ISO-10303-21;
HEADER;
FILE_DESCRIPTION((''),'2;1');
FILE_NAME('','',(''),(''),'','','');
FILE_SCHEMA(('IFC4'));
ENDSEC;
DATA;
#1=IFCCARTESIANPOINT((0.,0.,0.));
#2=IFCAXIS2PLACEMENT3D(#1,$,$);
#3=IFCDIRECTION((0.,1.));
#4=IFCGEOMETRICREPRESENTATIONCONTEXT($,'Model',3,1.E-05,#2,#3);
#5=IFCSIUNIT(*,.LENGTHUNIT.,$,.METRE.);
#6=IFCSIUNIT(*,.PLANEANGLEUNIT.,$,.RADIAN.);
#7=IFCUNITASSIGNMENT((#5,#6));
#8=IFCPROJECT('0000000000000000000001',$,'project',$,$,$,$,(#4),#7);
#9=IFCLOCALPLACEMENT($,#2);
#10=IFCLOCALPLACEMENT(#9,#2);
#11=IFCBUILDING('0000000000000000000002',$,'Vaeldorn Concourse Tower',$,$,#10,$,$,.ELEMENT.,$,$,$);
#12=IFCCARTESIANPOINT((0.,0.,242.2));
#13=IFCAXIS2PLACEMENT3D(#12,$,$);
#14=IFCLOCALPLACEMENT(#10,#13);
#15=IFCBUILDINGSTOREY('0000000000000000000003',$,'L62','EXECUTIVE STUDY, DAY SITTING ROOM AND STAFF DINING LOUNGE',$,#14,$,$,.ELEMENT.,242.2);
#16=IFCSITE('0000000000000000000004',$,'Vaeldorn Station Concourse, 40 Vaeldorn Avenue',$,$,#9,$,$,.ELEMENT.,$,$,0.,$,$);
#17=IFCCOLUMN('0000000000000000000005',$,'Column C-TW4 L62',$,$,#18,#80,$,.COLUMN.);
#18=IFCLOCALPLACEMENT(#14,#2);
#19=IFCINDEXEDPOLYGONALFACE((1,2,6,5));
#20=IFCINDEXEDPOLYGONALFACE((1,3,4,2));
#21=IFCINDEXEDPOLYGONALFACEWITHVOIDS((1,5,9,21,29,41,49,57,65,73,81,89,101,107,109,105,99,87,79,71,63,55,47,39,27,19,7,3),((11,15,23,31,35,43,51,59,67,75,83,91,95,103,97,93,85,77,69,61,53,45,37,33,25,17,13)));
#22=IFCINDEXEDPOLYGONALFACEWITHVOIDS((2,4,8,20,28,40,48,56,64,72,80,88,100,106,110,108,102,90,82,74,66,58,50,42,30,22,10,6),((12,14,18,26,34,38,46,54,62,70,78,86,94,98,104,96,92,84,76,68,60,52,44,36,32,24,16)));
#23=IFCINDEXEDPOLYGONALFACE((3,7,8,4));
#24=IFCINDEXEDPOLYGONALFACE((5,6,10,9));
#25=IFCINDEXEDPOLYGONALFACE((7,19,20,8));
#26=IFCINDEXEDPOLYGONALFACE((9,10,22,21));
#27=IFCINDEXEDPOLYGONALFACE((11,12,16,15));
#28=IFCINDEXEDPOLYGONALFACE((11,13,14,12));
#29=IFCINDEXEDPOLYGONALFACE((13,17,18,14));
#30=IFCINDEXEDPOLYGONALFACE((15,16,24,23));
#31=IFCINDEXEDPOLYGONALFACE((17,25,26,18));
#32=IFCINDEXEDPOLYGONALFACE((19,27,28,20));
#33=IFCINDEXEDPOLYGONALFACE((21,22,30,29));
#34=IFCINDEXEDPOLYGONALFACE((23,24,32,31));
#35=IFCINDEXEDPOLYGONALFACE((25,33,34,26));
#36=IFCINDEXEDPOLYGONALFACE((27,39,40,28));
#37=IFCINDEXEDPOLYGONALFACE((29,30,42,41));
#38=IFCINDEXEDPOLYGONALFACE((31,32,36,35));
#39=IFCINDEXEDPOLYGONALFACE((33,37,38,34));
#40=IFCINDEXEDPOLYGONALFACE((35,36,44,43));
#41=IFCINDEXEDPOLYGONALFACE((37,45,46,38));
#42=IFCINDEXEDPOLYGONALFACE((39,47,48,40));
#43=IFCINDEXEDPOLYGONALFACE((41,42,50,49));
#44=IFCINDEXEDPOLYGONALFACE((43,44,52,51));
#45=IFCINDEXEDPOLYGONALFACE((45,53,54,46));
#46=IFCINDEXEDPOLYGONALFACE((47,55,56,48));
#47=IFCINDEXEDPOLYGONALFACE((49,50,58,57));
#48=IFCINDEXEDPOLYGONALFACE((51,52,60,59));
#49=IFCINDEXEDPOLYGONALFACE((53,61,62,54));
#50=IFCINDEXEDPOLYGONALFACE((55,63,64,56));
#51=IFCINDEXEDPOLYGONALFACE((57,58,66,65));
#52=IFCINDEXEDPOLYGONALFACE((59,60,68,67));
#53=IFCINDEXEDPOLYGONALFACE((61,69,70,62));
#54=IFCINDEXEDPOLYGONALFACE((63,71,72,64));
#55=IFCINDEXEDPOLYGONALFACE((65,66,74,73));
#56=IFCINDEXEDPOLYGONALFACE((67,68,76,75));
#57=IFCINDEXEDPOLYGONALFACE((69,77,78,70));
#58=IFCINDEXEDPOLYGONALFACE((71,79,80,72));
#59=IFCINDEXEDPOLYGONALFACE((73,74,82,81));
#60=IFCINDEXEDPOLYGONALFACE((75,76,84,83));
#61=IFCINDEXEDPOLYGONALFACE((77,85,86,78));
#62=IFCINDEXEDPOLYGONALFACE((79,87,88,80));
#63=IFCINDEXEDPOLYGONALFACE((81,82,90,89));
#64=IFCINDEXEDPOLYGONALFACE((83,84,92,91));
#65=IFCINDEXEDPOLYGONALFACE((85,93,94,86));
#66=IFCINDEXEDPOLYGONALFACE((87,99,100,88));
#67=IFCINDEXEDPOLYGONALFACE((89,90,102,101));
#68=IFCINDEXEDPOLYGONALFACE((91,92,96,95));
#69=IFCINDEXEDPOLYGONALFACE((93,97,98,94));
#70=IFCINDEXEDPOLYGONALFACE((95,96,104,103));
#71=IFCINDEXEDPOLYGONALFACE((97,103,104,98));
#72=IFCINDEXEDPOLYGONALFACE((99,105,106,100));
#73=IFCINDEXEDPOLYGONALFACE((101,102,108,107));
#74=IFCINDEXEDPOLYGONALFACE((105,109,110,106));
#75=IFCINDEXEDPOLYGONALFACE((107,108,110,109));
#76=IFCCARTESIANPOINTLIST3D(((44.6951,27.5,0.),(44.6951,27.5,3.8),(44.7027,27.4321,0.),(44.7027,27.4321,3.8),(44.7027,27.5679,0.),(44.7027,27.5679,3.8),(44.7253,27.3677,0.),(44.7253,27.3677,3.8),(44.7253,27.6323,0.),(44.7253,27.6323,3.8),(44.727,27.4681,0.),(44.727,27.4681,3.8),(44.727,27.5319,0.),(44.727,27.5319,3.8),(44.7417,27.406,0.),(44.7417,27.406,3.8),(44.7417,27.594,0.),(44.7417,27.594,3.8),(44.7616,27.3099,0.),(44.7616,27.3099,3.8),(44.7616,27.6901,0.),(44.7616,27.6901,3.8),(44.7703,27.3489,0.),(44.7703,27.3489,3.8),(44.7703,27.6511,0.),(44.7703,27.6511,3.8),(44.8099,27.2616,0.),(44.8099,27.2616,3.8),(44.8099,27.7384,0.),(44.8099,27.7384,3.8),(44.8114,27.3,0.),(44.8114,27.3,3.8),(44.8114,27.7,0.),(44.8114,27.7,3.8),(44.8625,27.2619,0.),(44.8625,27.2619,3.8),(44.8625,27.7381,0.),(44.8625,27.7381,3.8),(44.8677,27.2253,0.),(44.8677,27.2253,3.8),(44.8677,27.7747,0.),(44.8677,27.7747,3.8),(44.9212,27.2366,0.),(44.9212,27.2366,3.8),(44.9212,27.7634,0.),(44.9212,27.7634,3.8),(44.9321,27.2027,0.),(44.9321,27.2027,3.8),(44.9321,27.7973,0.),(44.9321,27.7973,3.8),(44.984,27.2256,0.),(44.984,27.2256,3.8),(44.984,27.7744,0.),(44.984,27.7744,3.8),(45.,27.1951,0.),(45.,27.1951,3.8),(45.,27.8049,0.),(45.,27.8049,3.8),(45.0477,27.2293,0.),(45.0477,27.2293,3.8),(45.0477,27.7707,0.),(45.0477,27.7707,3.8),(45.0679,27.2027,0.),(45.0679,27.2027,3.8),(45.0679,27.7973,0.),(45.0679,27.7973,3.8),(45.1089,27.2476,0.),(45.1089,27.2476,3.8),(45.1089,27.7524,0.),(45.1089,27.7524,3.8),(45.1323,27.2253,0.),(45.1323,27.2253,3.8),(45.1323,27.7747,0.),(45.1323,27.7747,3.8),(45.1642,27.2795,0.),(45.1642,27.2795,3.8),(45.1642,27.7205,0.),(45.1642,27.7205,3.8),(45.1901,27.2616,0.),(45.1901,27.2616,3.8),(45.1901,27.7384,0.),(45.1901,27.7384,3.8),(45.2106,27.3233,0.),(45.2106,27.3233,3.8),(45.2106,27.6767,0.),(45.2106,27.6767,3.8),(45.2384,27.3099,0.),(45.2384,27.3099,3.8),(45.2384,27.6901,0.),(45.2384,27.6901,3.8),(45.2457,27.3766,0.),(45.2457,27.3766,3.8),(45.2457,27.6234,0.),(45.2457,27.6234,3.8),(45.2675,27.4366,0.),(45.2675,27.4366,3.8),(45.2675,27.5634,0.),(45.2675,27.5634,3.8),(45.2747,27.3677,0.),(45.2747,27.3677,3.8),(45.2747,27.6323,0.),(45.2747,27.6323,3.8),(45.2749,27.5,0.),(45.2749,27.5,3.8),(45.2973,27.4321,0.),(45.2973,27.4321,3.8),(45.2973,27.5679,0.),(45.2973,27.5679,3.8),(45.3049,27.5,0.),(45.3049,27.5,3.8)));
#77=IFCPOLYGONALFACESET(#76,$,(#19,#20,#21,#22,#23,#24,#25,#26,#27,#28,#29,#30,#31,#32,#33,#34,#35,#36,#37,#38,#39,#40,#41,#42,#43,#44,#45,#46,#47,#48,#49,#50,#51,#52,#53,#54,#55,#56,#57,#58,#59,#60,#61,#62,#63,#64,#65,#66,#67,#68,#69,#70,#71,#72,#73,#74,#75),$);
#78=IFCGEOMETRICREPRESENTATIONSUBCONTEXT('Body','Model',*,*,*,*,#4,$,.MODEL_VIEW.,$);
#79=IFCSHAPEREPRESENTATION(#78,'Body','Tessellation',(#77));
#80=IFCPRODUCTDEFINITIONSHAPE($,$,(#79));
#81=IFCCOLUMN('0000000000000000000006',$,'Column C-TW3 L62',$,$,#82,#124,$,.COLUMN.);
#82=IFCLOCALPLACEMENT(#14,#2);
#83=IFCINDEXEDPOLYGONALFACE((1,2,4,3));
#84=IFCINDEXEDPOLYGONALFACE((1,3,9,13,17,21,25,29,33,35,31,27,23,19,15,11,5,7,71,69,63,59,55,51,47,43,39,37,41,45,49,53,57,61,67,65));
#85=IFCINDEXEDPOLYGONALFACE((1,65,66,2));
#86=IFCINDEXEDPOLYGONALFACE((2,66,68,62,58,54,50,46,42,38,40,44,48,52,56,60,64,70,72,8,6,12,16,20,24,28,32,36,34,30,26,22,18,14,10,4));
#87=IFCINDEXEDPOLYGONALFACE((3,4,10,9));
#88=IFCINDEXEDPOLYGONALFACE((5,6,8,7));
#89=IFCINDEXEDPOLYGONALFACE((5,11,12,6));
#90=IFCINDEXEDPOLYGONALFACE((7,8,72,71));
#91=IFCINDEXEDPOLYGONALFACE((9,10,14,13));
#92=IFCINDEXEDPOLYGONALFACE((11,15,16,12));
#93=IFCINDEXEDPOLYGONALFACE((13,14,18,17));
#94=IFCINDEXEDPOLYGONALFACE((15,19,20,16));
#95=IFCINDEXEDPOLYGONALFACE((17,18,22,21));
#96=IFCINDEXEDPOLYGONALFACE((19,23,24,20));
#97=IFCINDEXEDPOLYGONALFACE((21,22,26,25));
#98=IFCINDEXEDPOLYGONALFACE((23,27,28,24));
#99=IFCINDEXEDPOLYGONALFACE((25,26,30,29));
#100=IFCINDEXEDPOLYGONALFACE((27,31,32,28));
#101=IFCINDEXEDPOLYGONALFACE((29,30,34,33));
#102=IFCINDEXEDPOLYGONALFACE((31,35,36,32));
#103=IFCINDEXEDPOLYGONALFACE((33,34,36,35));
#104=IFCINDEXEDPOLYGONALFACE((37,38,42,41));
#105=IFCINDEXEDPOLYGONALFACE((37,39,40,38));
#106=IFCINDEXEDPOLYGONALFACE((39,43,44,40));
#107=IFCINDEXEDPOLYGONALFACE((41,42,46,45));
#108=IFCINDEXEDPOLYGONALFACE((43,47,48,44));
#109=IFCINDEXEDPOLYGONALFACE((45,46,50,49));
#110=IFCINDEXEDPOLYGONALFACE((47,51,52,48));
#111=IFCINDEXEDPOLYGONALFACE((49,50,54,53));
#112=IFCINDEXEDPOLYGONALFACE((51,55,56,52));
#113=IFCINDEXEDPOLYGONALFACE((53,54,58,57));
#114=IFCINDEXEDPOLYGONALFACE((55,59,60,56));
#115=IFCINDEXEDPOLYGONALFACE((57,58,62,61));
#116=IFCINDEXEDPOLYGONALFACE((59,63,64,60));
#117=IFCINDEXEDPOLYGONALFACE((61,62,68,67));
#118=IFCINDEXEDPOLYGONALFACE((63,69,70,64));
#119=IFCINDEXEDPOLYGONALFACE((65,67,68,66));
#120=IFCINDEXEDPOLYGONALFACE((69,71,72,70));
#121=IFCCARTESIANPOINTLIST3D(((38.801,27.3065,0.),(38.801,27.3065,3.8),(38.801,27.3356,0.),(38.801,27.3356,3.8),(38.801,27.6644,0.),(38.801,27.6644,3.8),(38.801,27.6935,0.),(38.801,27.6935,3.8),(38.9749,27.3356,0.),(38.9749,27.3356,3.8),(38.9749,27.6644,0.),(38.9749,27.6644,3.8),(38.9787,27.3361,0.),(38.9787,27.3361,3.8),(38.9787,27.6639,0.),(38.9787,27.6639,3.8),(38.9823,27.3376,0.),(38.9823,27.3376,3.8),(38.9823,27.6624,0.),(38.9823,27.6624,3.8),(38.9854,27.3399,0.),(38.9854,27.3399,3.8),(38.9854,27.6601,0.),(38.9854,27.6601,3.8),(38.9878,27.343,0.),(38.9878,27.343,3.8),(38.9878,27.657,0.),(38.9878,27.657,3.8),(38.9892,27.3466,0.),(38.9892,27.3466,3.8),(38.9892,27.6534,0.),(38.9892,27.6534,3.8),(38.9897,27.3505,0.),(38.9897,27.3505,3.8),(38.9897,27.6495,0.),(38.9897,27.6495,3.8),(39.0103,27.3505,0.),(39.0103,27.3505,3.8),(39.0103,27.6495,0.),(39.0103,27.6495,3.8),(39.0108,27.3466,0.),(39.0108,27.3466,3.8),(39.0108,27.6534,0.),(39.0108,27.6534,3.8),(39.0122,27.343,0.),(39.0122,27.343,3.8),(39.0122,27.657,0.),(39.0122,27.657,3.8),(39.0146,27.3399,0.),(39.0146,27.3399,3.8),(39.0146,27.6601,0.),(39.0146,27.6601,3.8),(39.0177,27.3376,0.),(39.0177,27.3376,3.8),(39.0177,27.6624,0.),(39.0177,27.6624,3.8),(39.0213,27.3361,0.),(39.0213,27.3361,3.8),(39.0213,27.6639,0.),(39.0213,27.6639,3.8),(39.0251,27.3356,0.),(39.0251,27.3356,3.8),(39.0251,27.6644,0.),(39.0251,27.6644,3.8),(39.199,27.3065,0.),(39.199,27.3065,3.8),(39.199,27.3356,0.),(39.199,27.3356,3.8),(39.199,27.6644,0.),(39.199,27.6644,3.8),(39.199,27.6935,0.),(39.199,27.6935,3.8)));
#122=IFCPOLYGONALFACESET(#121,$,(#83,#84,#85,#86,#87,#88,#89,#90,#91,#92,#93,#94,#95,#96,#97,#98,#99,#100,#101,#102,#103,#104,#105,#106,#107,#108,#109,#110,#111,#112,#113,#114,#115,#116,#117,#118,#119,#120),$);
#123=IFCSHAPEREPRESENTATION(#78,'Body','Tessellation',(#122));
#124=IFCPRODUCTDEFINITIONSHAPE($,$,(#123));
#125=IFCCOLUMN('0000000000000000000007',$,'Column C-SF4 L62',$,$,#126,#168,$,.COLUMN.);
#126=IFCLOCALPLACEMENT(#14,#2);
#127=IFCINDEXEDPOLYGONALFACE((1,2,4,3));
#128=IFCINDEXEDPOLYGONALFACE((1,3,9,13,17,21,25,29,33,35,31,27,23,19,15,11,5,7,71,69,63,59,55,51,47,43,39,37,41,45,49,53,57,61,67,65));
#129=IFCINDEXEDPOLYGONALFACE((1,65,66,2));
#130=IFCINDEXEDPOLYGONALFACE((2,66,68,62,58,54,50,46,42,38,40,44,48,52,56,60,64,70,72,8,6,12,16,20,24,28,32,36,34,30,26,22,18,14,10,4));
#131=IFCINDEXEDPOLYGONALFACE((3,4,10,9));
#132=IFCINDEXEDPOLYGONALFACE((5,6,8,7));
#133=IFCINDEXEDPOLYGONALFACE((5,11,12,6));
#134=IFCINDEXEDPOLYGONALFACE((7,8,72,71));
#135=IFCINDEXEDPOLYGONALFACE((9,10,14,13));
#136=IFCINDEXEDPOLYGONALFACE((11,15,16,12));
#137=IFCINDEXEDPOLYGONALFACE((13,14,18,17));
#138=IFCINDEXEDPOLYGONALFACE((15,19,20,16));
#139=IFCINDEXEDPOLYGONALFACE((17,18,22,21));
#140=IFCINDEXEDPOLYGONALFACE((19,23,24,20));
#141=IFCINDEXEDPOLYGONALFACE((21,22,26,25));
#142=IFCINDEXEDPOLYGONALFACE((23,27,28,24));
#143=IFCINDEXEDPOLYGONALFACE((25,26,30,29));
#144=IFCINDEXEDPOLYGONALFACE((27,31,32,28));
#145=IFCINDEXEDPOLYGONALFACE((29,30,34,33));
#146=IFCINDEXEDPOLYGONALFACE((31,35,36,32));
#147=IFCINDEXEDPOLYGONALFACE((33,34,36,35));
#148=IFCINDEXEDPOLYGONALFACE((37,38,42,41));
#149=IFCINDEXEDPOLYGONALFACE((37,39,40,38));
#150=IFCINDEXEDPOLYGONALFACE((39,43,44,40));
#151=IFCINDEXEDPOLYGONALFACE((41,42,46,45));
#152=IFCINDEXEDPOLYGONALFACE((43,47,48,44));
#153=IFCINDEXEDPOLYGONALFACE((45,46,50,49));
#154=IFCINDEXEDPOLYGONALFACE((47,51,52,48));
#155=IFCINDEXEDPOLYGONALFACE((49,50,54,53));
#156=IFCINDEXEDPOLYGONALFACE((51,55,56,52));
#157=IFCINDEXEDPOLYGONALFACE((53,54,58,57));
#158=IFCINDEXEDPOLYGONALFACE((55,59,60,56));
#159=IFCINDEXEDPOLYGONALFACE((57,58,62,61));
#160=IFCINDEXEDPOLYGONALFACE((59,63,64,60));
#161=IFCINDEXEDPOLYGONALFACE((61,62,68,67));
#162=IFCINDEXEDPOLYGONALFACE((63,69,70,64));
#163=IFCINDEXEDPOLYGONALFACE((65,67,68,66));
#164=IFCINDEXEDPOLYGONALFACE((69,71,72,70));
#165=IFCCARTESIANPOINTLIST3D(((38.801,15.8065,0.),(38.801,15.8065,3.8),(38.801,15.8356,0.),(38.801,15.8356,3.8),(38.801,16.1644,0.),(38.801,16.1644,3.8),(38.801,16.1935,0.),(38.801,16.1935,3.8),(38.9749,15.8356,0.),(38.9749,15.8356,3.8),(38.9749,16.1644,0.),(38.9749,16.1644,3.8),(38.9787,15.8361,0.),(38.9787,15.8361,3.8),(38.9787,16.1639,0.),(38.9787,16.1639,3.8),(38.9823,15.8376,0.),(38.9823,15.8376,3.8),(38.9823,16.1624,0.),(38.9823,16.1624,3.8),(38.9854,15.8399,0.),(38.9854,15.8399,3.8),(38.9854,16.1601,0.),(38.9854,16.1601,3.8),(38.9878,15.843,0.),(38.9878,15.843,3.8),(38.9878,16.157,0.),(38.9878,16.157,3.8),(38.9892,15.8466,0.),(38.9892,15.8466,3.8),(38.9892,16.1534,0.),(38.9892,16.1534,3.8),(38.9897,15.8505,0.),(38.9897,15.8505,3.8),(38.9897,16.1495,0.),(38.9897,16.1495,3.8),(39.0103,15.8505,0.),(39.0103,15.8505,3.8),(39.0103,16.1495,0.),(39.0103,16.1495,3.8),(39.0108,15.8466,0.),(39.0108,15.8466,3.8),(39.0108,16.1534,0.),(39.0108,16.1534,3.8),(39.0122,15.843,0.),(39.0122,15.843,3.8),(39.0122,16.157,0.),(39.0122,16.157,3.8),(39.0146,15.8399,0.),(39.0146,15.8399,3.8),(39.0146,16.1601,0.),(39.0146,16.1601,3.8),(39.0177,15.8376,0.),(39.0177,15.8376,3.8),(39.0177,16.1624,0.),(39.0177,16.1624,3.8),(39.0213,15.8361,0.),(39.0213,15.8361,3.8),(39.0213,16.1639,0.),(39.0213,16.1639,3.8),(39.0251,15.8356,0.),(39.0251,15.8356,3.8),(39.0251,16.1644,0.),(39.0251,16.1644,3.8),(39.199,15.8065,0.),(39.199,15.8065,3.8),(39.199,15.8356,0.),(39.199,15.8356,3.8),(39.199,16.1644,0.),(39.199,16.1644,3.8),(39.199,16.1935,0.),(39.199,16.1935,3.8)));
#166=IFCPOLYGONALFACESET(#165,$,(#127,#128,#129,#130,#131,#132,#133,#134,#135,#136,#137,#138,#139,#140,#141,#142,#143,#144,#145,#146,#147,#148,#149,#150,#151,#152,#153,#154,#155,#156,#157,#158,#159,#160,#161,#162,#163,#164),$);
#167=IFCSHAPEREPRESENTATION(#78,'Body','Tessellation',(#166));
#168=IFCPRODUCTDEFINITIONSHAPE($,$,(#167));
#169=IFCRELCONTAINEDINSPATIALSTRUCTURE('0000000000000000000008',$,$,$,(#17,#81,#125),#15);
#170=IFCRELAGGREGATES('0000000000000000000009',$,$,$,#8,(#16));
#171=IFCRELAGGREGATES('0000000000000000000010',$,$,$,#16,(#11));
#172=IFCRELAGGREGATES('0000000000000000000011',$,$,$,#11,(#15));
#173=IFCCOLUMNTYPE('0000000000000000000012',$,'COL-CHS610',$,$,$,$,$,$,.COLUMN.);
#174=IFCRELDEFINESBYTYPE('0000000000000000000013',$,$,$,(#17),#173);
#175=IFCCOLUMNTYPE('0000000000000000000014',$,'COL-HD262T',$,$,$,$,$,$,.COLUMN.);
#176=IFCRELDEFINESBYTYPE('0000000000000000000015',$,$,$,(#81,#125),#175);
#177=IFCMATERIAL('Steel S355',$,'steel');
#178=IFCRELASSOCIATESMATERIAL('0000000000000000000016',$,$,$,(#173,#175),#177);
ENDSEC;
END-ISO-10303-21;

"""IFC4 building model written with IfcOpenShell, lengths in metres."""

from ifc_helpers import new_model, si_unit, direction, frame, origin, origin_2d, place, context, subcontext, project, spatial, hollow_circle, i_section, extrude, source, transform, mapped, material, material_profile, profile_set, type_object, element, save


model = new_model("IFC4")

# Units and contexts
model_context = context("Model", 3, precision=1e-05, world=origin(), true_north=direction((0.0, 1.0)))
body_context = subcontext(model_context, "Body", "Model", "MODEL_VIEW")
ifc_project = project(units=[si_unit("LENGTHUNIT", "METRE"), si_unit("PLANEANGLEUNIT", "RADIAN")], contexts=[model_context])

# Site, building, storey
site_placement = place(None, origin())
site = spatial("IfcSite", under=ifc_project, at=site_placement, Name="Vaeldorn Station Concourse, 40 Vaeldorn Avenue", CompositionType="ELEMENT", RefElevation=0.0)
building_placement = place(site_placement, origin())
building = spatial("IfcBuilding", under=site, at=building_placement, Name="Vaeldorn Concourse Tower", CompositionType="ELEMENT")
storey_placement = place(building_placement, frame((0.0, 0.0, 242.2)))
storey = spatial("IfcBuildingStorey", under=building, at=storey_placement, Name="L62", Description="EXECUTIVE STUDY, DAY SITTING ROOM AND STAFF DINING LOUNGE", CompositionType="ELEMENT", Elevation=242.2)

# Columns
ifc_material_1 = material(Name="Steel S355", Category="steel")
ifc_material_profile_1 = material_profile(ifc_material_1, hollow_circle(Radius=0.3049, WallThickness=0.03, at=origin_2d()), Name="CHS 610x30")
ifc_profile_set_1 = profile_set([ifc_material_profile_1], Name="Steel S355")
column_type_1 = type_object("IfcColumnType", Name="COL-CHS610", PredefinedType="COLUMN", material=ifc_profile_set_1)
shared_shape_1 = source(origin(), body_context, "Body", "SweptSolid", [
    extrude(hollow_circle(Radius=0.3049, WallThickness=0.03, at=origin_2d()), origin(), (0.0, 0.0, 1.0), 3.8),
])
column_placement = place(storey_placement, frame((45.0, 27.5, 0.0), z_axis=(0.0, 0.0, 1.0), x_axis=(1.0, 0.0, 0.0)))
element("IfcColumn", 1, at=column_placement, inside=storey, type_object=column_type_1, Name="Column C-TW4 L62", PredefinedType="COLUMN", context=body_context, shape_type="MappedRepresentation", body=[
    mapped(shared_shape_1, transform((0.0, 0.0, 0.0), scale=1.0)),
])
ifc_material_profile_2 = material_profile(ifc_material_1, i_section(OverallWidth=0.3979, OverallDepth=0.387, WebThickness=0.0205, FlangeThickness=0.0291, FilletRadius=0.0149, at=origin_2d()), Name="HD 400x262")
ifc_profile_set_2 = profile_set([ifc_material_profile_2], Name="Steel S355")
column_type_2 = type_object("IfcColumnType", Name="COL-HD262T", PredefinedType="COLUMN", material=ifc_profile_set_2)
shared_shape_2 = source(origin(), body_context, "Body", "SweptSolid", [
    extrude(i_section(OverallWidth=0.3979, OverallDepth=0.387, WebThickness=0.0205, FlangeThickness=0.0291, FilletRadius=0.0149, at=origin_2d()), origin(), (0.0, 0.0, 1.0), 3.8),
])
for number, where, z_axis, x_axis, name in (
    (2, (39.0, 27.5, 0.0), (0.0, 0.0, 1.0), (1.0, 0.0, 0.0), "Column C-TW3 L62"),
    (3, (39.0, 16.0, 0.0), (0.0, 0.0, 1.0), (1.0, 0.0, 0.0), "Column C-SF4 L62"),
):
    element("IfcColumn", number, at=place(storey_placement, frame(where, z_axis=z_axis, x_axis=x_axis)), inside=storey, type_object=column_type_2, Name=name, PredefinedType="COLUMN", context=body_context, shape_type="MappedRepresentation", body=[
        mapped(shared_shape_2, transform((0.0, 0.0, 0.0), scale=1.0)),
    ])

save(model, "model.ifc")
